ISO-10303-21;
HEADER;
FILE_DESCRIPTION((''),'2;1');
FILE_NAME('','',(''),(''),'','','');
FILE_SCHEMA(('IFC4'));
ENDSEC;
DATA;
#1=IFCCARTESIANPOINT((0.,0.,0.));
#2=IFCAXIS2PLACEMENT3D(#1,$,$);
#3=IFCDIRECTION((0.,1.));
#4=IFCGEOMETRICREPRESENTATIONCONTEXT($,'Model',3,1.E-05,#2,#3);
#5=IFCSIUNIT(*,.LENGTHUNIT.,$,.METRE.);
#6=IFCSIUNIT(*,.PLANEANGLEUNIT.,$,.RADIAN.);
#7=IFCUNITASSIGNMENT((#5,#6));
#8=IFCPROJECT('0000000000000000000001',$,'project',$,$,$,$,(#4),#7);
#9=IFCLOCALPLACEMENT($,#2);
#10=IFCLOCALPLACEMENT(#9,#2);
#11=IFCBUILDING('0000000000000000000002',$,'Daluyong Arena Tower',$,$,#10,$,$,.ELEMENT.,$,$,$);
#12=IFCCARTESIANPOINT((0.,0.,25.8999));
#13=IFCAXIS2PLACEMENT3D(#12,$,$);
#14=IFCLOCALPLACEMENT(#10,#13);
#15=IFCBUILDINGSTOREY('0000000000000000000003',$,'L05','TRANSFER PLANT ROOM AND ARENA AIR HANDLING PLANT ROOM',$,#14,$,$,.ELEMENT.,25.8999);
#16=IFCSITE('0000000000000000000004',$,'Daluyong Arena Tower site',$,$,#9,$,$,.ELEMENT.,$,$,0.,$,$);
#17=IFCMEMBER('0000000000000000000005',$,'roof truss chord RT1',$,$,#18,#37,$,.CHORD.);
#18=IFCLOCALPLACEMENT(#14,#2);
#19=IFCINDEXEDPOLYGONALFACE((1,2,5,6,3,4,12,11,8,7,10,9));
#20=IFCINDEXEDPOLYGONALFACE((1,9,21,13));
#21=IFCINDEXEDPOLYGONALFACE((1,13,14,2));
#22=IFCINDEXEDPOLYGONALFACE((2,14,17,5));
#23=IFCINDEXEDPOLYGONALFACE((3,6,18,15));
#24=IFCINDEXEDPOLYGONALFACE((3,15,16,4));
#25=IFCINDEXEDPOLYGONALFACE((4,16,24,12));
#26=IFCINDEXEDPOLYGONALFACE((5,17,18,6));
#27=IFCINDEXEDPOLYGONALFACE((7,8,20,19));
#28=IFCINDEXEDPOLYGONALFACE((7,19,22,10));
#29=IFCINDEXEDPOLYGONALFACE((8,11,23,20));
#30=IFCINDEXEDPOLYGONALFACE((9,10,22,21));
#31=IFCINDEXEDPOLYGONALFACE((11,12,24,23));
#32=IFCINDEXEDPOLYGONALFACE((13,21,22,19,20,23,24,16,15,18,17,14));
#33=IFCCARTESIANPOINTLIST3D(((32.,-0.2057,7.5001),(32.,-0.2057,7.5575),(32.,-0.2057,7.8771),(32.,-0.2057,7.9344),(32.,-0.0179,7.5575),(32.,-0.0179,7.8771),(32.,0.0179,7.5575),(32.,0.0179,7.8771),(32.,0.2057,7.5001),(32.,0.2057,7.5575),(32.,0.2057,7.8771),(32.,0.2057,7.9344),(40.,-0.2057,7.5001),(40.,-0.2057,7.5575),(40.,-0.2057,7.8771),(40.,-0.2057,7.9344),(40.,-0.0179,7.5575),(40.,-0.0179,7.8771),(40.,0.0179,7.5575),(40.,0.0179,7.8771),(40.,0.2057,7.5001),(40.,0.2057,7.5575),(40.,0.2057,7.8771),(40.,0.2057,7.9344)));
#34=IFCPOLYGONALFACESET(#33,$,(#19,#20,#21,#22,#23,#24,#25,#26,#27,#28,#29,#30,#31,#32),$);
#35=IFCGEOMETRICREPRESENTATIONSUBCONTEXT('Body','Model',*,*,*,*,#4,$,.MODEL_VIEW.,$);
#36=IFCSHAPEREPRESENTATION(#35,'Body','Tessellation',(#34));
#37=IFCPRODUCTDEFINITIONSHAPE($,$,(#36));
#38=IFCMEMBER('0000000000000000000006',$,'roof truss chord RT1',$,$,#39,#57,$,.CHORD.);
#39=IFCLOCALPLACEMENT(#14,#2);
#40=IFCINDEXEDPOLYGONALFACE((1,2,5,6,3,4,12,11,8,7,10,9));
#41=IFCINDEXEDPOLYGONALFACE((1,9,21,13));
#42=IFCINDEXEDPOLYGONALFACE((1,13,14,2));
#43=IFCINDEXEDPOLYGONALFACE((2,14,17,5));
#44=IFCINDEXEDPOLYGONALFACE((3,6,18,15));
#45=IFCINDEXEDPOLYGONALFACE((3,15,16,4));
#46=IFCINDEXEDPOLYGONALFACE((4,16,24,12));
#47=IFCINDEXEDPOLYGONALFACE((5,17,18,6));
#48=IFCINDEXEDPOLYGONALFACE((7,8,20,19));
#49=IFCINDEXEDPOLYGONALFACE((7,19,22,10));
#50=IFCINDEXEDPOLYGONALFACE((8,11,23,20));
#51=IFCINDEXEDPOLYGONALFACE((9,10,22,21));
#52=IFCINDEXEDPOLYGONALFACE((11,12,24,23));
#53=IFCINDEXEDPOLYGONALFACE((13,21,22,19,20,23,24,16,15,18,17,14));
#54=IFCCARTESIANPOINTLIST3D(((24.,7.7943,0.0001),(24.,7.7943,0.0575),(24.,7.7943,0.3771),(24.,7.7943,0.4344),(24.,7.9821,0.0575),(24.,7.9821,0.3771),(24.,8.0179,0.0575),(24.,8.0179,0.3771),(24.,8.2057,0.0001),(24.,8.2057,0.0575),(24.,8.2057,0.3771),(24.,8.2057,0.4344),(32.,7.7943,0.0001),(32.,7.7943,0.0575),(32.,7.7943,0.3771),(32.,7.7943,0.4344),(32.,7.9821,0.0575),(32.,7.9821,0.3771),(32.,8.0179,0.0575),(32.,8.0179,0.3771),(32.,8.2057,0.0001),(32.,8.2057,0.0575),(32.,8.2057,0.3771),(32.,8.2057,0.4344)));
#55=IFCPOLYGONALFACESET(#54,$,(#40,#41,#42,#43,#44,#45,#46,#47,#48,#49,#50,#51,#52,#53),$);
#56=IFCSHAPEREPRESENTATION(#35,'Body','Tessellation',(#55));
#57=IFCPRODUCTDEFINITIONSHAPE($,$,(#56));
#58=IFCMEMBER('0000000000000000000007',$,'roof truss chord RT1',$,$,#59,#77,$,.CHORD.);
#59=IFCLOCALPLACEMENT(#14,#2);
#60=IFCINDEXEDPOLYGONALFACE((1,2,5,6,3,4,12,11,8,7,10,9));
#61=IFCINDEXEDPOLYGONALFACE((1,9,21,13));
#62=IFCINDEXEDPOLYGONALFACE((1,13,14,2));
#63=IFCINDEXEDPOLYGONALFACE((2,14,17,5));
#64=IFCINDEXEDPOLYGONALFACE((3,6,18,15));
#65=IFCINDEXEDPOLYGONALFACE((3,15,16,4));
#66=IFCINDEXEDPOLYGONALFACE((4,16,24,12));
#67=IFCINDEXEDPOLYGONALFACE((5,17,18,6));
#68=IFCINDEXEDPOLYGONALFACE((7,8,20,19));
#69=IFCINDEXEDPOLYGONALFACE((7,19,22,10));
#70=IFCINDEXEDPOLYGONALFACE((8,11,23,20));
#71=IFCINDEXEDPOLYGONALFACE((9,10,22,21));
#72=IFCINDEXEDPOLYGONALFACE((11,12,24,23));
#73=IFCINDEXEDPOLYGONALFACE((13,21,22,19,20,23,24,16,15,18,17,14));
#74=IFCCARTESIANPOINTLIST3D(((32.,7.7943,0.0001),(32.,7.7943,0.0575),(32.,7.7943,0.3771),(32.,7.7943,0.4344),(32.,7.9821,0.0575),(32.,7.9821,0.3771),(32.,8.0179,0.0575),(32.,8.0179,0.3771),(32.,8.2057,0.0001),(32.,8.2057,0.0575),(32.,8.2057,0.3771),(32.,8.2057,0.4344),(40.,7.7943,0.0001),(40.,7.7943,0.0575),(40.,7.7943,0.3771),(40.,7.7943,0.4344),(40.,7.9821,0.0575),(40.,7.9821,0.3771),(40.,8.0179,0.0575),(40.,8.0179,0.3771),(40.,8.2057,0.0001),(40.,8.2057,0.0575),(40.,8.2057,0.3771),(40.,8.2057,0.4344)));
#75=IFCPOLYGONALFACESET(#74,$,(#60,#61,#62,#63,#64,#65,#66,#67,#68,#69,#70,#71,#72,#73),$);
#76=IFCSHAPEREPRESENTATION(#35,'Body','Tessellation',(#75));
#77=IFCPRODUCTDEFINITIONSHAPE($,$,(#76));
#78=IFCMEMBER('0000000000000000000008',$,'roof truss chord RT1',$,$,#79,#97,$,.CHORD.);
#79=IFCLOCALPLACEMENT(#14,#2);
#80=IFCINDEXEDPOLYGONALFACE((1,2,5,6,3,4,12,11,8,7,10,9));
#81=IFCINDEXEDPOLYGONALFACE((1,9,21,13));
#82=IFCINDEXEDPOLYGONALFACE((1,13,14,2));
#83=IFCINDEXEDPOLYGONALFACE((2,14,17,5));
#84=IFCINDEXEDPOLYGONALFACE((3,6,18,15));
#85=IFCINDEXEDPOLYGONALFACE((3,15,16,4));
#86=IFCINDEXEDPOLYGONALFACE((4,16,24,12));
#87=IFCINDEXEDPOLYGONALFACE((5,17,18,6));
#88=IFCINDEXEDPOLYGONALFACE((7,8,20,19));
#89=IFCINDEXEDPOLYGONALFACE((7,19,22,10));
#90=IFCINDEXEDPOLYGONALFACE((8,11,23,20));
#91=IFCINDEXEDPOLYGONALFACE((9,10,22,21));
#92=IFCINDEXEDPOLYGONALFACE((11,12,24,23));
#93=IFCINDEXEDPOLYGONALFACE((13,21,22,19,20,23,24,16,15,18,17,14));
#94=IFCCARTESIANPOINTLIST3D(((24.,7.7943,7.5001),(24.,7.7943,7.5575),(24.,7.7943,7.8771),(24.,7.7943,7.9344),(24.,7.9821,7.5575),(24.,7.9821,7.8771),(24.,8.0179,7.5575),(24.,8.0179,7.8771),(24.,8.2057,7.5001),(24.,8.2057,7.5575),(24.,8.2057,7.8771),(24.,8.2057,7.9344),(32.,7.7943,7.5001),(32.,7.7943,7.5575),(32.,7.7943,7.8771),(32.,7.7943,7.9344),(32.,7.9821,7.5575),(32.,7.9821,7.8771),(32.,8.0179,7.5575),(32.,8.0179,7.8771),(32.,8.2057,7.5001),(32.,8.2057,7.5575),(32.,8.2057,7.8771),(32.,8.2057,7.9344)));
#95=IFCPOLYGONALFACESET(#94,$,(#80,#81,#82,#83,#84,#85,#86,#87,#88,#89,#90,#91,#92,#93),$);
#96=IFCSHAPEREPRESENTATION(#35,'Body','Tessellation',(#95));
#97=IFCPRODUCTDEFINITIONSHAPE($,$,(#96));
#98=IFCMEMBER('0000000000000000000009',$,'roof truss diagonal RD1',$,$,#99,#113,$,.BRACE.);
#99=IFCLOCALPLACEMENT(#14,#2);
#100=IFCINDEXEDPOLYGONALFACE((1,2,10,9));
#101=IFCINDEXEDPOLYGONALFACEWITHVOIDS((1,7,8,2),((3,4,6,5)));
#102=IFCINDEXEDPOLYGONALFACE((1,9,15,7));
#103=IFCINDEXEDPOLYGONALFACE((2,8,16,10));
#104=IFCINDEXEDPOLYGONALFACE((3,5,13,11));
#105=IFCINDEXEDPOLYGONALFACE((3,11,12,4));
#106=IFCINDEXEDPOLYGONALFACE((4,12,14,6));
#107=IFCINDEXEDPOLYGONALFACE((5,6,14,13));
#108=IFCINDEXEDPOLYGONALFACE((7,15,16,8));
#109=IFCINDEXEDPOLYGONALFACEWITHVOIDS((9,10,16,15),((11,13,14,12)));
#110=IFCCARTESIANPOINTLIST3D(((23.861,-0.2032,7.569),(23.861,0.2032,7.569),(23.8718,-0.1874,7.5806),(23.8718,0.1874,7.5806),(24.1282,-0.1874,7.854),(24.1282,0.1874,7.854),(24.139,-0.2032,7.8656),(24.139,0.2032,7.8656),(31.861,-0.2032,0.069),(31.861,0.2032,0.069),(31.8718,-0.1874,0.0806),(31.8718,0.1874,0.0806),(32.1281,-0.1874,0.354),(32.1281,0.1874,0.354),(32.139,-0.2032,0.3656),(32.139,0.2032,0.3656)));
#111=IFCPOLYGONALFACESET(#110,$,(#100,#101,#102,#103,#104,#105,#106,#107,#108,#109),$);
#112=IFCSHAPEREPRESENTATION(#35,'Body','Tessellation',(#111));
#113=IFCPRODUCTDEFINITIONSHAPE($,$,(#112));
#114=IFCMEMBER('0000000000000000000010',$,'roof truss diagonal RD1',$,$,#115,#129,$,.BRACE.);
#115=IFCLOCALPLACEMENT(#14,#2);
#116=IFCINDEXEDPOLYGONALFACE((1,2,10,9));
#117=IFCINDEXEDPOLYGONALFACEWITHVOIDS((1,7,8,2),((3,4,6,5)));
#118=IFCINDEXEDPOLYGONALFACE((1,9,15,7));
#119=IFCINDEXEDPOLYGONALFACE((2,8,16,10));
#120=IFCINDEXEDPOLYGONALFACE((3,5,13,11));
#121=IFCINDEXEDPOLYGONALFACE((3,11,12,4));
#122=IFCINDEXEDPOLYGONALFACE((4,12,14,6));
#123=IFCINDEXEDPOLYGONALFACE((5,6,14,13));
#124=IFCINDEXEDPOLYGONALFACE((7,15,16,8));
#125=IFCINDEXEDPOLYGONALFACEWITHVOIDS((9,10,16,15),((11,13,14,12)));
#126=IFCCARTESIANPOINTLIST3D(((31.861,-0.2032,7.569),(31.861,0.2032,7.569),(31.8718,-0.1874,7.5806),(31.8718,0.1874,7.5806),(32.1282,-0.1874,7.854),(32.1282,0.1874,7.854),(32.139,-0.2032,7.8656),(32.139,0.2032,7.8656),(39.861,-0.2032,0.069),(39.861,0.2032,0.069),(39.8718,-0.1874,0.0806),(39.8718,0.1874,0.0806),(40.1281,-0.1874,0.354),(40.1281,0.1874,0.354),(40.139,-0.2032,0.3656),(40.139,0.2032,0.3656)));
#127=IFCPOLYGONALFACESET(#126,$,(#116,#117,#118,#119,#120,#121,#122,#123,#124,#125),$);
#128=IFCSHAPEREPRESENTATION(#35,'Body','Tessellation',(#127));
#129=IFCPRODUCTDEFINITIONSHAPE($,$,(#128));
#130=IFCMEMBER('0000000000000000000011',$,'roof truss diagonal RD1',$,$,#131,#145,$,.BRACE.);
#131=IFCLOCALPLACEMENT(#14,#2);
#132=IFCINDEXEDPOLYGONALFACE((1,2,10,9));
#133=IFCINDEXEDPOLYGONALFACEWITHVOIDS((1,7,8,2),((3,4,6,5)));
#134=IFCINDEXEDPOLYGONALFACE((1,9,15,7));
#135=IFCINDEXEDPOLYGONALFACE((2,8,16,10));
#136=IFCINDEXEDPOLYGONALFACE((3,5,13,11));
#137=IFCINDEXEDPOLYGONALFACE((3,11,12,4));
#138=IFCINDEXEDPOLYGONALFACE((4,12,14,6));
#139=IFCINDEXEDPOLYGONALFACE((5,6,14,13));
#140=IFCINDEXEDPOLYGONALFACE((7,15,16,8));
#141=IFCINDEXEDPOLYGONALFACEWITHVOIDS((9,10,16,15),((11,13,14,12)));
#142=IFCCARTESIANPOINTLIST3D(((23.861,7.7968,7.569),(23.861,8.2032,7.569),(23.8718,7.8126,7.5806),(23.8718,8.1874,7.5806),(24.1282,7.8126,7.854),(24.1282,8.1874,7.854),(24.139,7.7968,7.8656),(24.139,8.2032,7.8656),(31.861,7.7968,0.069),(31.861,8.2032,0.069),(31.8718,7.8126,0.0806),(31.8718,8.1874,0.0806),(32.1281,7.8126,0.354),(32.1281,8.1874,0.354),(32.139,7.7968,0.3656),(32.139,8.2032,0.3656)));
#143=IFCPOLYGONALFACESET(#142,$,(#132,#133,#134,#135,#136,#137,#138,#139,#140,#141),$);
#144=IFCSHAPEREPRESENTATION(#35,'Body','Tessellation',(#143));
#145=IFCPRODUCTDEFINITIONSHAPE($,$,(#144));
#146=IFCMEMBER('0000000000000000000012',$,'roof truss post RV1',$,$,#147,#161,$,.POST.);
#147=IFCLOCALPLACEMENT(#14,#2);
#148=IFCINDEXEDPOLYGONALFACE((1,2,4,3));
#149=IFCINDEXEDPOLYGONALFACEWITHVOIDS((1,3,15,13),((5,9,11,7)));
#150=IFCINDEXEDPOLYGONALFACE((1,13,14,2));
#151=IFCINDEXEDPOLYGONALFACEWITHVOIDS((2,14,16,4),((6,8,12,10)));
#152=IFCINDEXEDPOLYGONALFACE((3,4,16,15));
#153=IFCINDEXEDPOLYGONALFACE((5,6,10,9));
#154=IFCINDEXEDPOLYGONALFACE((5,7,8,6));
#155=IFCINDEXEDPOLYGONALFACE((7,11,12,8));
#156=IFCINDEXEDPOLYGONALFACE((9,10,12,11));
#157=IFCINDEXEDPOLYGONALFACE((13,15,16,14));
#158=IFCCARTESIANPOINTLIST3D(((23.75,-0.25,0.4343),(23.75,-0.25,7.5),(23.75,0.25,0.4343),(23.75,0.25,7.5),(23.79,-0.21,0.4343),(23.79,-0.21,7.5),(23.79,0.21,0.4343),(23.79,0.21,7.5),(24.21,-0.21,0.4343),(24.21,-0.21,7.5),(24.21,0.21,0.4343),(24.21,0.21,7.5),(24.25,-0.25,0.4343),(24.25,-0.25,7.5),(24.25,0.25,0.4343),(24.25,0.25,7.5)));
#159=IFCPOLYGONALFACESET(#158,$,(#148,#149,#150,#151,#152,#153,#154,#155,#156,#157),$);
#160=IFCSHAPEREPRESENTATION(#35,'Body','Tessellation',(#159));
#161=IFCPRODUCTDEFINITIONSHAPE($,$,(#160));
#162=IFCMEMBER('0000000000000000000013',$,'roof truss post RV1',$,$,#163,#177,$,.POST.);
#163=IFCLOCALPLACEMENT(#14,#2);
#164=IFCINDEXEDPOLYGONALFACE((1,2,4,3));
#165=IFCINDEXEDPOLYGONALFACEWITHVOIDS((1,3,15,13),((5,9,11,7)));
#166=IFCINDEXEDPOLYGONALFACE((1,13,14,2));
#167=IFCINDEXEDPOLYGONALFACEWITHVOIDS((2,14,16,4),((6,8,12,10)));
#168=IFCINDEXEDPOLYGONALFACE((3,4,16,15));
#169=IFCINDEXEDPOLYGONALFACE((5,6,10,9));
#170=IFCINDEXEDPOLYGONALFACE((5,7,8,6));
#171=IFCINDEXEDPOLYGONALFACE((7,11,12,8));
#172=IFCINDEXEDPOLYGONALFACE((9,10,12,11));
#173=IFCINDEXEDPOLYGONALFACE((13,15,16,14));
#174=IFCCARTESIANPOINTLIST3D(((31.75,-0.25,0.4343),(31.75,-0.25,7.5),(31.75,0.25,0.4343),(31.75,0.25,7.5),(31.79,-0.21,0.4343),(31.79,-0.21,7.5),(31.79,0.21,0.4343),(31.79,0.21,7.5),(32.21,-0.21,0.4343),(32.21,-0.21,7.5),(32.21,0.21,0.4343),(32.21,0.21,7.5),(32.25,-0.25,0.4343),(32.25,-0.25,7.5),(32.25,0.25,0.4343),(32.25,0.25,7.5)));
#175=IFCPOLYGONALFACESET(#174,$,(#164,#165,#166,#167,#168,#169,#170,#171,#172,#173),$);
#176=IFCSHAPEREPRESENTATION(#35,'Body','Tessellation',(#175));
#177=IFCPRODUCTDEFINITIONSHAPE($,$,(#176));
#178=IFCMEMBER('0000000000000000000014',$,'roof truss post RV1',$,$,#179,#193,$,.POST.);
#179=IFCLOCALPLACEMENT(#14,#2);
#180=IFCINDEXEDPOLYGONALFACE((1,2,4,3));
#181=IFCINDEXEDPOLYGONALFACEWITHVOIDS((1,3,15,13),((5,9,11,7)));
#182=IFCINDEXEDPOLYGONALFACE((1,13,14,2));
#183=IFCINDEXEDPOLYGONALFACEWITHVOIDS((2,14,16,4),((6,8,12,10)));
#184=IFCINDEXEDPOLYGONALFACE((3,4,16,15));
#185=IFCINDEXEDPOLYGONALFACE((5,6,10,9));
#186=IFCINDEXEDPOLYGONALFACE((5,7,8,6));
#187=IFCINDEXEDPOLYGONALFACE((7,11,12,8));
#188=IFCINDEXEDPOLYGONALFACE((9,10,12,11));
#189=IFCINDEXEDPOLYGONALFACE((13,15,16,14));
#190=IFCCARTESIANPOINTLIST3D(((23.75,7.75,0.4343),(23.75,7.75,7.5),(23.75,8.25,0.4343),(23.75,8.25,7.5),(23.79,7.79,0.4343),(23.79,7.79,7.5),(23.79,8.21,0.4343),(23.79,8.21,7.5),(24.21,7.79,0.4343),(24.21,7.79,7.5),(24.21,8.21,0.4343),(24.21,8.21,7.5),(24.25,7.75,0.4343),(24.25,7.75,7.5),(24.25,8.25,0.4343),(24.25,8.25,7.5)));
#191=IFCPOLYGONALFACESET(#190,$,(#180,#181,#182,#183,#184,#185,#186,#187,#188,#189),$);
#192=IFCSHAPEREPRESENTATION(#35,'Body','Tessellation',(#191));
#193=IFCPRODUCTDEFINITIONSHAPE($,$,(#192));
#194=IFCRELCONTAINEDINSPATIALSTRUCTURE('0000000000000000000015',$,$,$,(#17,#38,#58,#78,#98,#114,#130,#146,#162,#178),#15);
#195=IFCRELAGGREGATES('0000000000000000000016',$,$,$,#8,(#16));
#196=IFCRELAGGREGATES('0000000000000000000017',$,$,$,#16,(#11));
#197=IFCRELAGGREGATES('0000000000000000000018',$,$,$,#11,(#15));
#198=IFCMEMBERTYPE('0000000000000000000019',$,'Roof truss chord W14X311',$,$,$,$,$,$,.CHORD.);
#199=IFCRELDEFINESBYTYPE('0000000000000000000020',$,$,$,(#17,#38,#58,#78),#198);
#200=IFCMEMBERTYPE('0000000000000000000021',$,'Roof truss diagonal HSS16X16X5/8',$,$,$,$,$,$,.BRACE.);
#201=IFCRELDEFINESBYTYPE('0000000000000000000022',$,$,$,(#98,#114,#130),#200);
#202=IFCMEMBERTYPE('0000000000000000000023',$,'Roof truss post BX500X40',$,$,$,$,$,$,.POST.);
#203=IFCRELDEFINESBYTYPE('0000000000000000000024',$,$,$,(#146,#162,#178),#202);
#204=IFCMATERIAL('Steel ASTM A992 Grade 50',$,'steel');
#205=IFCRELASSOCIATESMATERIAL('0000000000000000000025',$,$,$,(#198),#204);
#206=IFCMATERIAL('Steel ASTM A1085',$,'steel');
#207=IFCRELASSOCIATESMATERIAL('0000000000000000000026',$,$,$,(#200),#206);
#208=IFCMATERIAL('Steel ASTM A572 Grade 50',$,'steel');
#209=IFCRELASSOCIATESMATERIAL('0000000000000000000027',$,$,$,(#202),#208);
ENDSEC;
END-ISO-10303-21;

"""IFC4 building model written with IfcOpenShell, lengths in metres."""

from ifc_helpers import new_model, si_unit, direction, frame, origin, origin_2d, place, context, subcontext, project, spatial, hollow_rectangle, i_section, extrude, material, material_profile, profile_set, type_object, element, save


model = new_model("IFC4")

# Units and contexts
model_context = context("Model", 3, precision=1e-05, world=origin(), true_north=direction((0.0, 1.0)))
body_context = subcontext(model_context, "Body", "Model", "MODEL_VIEW")
ifc_project = project(units=[si_unit("LENGTHUNIT", "METRE"), si_unit("PLANEANGLEUNIT", "RADIAN")], contexts=[model_context])

# Site, building, storey
site_placement = place(None, origin())
site = spatial("IfcSite", under=ifc_project, at=site_placement, Name="Daluyong Arena Tower site", CompositionType="ELEMENT", RefElevation=0.0)
building_placement = place(site_placement, origin())
building = spatial("IfcBuilding", under=site, at=building_placement, Name="Daluyong Arena Tower", CompositionType="ELEMENT")
storey_placement = place(building_placement, frame((0.0, 0.0, 25.8999)))
storey = spatial("IfcBuildingStorey", under=building, at=storey_placement, Name="L05", Description="TRANSFER PLANT ROOM AND ARENA AIR HANDLING PLANT ROOM", CompositionType="ELEMENT", Elevation=25.8999)

# Members
ifc_material_1 = material(Name="Steel ASTM A992 Grade 50", Category="steel")
ifc_material_profile_1 = material_profile(ifc_material_1, i_section(OverallWidth=0.4114, OverallDepth=0.4343, WebThickness=0.0359, FlangeThickness=0.0574, at=origin_2d()))
ifc_profile_set_1 = profile_set([ifc_material_profile_1], Name="Steel ASTM A992 Grade 50")
member_type_1 = type_object("IfcMemberType", Name="Roof truss chord W14X311", PredefinedType="CHORD", material=ifc_profile_set_1)
for number, where, z_axis, x_axis, name in (
    (1, (32.0, 0.0, 7.7173), (1.0, 0.0, 0.0), (0.0, 1.0, 0.0), "roof truss chord RT1"),
    (2, (24.0, 8.0, 0.2173), (1.0, 0.0, 0.0), (0.0, 1.0, 0.0), "roof truss chord RT1"),
    (3, (32.0, 8.0, 0.2173), (1.0, 0.0, 0.0), (0.0, 1.0, 0.0), "roof truss chord RT1"),
    (4, (24.0, 8.0, 7.7173), (1.0, 0.0, 0.0), (0.0, 1.0, 0.0), "roof truss chord RT1"),
):
    element("IfcMember", number, at=place(storey_placement, frame(where, z_axis=z_axis, x_axis=x_axis)), inside=storey, type_object=member_type_1, Name=name, PredefinedType="CHORD", context=body_context, shape_type="SweptSolid", body=[
        extrude(i_section(OverallWidth=0.4114, OverallDepth=0.4343, WebThickness=0.0359, FlangeThickness=0.0574, at=origin_2d()), origin(), (0.0, 0.0, 1.0), 8.0),
    ])
ifc_material_2 = material(Name="Steel ASTM A1085", Category="steel")
ifc_material_profile_2 = material_profile(ifc_material_2, hollow_rectangle(XDim=0.4065, YDim=0.4065, WallThickness=0.0159, at=origin_2d()))
ifc_profile_set_2 = profile_set([ifc_material_profile_2], Name="Steel ASTM A1085")
member_type_2 = type_object("IfcMemberType", Name="Roof truss diagonal HSS16X16X5/8", PredefinedType="BRACE", material=ifc_profile_set_2)
for number, where, z_axis, x_axis, name in (
    (5, (24.0, 0.0, 7.7173), (0.729537, 0.0, -0.683941), (0.0, 1.0, 0.0), "roof truss diagonal RD1"),
    (6, (32.0, 0.0, 7.7173), (0.729537, 0.0, -0.683941), (0.0, 1.0, 0.0), "roof truss diagonal RD1"),
    (7, (24.0, 8.0, 7.7173), (0.729537, 0.0, -0.683941), (0.0, 1.0, 0.0), "roof truss diagonal RD1"),
):
    element("IfcMember", number, at=place(storey_placement, frame(where, z_axis=z_axis, x_axis=x_axis)), inside=storey, type_object=member_type_2, Name=name, PredefinedType="BRACE", context=body_context, shape_type="SweptSolid", body=[
        extrude(hollow_rectangle(XDim=0.4065, YDim=0.4065, WallThickness=0.0159, at=origin_2d()), origin(), (0.0, 0.0, 1.0), 10.9658),
    ])
ifc_material_3 = material(Name="Steel ASTM A572 Grade 50", Category="steel")
ifc_material_profile_3 = material_profile(ifc_material_3, hollow_rectangle(XDim=0.5, YDim=0.5, WallThickness=0.04, at=origin_2d()))
ifc_profile_set_3 = profile_set([ifc_material_profile_3], Name="Steel ASTM A572 Grade 50")
member_type_3 = type_object("IfcMemberType", Name="Roof truss post BX500X40", PredefinedType="POST", material=ifc_profile_set_3)
for number, where, z_axis, x_axis, name in (
    (8, (24.0, 0.0, 0.4343), (0.0, 0.0, 1.0), (1.0, 0.0, 0.0), "roof truss post RV1"),
    (9, (32.0, 0.0, 0.4343), (0.0, 0.0, 1.0), (1.0, 0.0, 0.0), "roof truss post RV1"),
    (10, (24.0, 8.0, 0.4343), (0.0, 0.0, 1.0), (1.0, 0.0, 0.0), "roof truss post RV1"),
):
    element("IfcMember", number, at=place(storey_placement, frame(where, z_axis=z_axis, x_axis=x_axis)), inside=storey, type_object=member_type_3, Name=name, PredefinedType="POST", context=body_context, shape_type="SweptSolid", body=[
        extrude(hollow_rectangle(XDim=0.5, YDim=0.5, WallThickness=0.04, at=origin_2d()), origin(), (0.0, 0.0, 1.0), 7.0657),
    ])

save(model, "model.ifc")
